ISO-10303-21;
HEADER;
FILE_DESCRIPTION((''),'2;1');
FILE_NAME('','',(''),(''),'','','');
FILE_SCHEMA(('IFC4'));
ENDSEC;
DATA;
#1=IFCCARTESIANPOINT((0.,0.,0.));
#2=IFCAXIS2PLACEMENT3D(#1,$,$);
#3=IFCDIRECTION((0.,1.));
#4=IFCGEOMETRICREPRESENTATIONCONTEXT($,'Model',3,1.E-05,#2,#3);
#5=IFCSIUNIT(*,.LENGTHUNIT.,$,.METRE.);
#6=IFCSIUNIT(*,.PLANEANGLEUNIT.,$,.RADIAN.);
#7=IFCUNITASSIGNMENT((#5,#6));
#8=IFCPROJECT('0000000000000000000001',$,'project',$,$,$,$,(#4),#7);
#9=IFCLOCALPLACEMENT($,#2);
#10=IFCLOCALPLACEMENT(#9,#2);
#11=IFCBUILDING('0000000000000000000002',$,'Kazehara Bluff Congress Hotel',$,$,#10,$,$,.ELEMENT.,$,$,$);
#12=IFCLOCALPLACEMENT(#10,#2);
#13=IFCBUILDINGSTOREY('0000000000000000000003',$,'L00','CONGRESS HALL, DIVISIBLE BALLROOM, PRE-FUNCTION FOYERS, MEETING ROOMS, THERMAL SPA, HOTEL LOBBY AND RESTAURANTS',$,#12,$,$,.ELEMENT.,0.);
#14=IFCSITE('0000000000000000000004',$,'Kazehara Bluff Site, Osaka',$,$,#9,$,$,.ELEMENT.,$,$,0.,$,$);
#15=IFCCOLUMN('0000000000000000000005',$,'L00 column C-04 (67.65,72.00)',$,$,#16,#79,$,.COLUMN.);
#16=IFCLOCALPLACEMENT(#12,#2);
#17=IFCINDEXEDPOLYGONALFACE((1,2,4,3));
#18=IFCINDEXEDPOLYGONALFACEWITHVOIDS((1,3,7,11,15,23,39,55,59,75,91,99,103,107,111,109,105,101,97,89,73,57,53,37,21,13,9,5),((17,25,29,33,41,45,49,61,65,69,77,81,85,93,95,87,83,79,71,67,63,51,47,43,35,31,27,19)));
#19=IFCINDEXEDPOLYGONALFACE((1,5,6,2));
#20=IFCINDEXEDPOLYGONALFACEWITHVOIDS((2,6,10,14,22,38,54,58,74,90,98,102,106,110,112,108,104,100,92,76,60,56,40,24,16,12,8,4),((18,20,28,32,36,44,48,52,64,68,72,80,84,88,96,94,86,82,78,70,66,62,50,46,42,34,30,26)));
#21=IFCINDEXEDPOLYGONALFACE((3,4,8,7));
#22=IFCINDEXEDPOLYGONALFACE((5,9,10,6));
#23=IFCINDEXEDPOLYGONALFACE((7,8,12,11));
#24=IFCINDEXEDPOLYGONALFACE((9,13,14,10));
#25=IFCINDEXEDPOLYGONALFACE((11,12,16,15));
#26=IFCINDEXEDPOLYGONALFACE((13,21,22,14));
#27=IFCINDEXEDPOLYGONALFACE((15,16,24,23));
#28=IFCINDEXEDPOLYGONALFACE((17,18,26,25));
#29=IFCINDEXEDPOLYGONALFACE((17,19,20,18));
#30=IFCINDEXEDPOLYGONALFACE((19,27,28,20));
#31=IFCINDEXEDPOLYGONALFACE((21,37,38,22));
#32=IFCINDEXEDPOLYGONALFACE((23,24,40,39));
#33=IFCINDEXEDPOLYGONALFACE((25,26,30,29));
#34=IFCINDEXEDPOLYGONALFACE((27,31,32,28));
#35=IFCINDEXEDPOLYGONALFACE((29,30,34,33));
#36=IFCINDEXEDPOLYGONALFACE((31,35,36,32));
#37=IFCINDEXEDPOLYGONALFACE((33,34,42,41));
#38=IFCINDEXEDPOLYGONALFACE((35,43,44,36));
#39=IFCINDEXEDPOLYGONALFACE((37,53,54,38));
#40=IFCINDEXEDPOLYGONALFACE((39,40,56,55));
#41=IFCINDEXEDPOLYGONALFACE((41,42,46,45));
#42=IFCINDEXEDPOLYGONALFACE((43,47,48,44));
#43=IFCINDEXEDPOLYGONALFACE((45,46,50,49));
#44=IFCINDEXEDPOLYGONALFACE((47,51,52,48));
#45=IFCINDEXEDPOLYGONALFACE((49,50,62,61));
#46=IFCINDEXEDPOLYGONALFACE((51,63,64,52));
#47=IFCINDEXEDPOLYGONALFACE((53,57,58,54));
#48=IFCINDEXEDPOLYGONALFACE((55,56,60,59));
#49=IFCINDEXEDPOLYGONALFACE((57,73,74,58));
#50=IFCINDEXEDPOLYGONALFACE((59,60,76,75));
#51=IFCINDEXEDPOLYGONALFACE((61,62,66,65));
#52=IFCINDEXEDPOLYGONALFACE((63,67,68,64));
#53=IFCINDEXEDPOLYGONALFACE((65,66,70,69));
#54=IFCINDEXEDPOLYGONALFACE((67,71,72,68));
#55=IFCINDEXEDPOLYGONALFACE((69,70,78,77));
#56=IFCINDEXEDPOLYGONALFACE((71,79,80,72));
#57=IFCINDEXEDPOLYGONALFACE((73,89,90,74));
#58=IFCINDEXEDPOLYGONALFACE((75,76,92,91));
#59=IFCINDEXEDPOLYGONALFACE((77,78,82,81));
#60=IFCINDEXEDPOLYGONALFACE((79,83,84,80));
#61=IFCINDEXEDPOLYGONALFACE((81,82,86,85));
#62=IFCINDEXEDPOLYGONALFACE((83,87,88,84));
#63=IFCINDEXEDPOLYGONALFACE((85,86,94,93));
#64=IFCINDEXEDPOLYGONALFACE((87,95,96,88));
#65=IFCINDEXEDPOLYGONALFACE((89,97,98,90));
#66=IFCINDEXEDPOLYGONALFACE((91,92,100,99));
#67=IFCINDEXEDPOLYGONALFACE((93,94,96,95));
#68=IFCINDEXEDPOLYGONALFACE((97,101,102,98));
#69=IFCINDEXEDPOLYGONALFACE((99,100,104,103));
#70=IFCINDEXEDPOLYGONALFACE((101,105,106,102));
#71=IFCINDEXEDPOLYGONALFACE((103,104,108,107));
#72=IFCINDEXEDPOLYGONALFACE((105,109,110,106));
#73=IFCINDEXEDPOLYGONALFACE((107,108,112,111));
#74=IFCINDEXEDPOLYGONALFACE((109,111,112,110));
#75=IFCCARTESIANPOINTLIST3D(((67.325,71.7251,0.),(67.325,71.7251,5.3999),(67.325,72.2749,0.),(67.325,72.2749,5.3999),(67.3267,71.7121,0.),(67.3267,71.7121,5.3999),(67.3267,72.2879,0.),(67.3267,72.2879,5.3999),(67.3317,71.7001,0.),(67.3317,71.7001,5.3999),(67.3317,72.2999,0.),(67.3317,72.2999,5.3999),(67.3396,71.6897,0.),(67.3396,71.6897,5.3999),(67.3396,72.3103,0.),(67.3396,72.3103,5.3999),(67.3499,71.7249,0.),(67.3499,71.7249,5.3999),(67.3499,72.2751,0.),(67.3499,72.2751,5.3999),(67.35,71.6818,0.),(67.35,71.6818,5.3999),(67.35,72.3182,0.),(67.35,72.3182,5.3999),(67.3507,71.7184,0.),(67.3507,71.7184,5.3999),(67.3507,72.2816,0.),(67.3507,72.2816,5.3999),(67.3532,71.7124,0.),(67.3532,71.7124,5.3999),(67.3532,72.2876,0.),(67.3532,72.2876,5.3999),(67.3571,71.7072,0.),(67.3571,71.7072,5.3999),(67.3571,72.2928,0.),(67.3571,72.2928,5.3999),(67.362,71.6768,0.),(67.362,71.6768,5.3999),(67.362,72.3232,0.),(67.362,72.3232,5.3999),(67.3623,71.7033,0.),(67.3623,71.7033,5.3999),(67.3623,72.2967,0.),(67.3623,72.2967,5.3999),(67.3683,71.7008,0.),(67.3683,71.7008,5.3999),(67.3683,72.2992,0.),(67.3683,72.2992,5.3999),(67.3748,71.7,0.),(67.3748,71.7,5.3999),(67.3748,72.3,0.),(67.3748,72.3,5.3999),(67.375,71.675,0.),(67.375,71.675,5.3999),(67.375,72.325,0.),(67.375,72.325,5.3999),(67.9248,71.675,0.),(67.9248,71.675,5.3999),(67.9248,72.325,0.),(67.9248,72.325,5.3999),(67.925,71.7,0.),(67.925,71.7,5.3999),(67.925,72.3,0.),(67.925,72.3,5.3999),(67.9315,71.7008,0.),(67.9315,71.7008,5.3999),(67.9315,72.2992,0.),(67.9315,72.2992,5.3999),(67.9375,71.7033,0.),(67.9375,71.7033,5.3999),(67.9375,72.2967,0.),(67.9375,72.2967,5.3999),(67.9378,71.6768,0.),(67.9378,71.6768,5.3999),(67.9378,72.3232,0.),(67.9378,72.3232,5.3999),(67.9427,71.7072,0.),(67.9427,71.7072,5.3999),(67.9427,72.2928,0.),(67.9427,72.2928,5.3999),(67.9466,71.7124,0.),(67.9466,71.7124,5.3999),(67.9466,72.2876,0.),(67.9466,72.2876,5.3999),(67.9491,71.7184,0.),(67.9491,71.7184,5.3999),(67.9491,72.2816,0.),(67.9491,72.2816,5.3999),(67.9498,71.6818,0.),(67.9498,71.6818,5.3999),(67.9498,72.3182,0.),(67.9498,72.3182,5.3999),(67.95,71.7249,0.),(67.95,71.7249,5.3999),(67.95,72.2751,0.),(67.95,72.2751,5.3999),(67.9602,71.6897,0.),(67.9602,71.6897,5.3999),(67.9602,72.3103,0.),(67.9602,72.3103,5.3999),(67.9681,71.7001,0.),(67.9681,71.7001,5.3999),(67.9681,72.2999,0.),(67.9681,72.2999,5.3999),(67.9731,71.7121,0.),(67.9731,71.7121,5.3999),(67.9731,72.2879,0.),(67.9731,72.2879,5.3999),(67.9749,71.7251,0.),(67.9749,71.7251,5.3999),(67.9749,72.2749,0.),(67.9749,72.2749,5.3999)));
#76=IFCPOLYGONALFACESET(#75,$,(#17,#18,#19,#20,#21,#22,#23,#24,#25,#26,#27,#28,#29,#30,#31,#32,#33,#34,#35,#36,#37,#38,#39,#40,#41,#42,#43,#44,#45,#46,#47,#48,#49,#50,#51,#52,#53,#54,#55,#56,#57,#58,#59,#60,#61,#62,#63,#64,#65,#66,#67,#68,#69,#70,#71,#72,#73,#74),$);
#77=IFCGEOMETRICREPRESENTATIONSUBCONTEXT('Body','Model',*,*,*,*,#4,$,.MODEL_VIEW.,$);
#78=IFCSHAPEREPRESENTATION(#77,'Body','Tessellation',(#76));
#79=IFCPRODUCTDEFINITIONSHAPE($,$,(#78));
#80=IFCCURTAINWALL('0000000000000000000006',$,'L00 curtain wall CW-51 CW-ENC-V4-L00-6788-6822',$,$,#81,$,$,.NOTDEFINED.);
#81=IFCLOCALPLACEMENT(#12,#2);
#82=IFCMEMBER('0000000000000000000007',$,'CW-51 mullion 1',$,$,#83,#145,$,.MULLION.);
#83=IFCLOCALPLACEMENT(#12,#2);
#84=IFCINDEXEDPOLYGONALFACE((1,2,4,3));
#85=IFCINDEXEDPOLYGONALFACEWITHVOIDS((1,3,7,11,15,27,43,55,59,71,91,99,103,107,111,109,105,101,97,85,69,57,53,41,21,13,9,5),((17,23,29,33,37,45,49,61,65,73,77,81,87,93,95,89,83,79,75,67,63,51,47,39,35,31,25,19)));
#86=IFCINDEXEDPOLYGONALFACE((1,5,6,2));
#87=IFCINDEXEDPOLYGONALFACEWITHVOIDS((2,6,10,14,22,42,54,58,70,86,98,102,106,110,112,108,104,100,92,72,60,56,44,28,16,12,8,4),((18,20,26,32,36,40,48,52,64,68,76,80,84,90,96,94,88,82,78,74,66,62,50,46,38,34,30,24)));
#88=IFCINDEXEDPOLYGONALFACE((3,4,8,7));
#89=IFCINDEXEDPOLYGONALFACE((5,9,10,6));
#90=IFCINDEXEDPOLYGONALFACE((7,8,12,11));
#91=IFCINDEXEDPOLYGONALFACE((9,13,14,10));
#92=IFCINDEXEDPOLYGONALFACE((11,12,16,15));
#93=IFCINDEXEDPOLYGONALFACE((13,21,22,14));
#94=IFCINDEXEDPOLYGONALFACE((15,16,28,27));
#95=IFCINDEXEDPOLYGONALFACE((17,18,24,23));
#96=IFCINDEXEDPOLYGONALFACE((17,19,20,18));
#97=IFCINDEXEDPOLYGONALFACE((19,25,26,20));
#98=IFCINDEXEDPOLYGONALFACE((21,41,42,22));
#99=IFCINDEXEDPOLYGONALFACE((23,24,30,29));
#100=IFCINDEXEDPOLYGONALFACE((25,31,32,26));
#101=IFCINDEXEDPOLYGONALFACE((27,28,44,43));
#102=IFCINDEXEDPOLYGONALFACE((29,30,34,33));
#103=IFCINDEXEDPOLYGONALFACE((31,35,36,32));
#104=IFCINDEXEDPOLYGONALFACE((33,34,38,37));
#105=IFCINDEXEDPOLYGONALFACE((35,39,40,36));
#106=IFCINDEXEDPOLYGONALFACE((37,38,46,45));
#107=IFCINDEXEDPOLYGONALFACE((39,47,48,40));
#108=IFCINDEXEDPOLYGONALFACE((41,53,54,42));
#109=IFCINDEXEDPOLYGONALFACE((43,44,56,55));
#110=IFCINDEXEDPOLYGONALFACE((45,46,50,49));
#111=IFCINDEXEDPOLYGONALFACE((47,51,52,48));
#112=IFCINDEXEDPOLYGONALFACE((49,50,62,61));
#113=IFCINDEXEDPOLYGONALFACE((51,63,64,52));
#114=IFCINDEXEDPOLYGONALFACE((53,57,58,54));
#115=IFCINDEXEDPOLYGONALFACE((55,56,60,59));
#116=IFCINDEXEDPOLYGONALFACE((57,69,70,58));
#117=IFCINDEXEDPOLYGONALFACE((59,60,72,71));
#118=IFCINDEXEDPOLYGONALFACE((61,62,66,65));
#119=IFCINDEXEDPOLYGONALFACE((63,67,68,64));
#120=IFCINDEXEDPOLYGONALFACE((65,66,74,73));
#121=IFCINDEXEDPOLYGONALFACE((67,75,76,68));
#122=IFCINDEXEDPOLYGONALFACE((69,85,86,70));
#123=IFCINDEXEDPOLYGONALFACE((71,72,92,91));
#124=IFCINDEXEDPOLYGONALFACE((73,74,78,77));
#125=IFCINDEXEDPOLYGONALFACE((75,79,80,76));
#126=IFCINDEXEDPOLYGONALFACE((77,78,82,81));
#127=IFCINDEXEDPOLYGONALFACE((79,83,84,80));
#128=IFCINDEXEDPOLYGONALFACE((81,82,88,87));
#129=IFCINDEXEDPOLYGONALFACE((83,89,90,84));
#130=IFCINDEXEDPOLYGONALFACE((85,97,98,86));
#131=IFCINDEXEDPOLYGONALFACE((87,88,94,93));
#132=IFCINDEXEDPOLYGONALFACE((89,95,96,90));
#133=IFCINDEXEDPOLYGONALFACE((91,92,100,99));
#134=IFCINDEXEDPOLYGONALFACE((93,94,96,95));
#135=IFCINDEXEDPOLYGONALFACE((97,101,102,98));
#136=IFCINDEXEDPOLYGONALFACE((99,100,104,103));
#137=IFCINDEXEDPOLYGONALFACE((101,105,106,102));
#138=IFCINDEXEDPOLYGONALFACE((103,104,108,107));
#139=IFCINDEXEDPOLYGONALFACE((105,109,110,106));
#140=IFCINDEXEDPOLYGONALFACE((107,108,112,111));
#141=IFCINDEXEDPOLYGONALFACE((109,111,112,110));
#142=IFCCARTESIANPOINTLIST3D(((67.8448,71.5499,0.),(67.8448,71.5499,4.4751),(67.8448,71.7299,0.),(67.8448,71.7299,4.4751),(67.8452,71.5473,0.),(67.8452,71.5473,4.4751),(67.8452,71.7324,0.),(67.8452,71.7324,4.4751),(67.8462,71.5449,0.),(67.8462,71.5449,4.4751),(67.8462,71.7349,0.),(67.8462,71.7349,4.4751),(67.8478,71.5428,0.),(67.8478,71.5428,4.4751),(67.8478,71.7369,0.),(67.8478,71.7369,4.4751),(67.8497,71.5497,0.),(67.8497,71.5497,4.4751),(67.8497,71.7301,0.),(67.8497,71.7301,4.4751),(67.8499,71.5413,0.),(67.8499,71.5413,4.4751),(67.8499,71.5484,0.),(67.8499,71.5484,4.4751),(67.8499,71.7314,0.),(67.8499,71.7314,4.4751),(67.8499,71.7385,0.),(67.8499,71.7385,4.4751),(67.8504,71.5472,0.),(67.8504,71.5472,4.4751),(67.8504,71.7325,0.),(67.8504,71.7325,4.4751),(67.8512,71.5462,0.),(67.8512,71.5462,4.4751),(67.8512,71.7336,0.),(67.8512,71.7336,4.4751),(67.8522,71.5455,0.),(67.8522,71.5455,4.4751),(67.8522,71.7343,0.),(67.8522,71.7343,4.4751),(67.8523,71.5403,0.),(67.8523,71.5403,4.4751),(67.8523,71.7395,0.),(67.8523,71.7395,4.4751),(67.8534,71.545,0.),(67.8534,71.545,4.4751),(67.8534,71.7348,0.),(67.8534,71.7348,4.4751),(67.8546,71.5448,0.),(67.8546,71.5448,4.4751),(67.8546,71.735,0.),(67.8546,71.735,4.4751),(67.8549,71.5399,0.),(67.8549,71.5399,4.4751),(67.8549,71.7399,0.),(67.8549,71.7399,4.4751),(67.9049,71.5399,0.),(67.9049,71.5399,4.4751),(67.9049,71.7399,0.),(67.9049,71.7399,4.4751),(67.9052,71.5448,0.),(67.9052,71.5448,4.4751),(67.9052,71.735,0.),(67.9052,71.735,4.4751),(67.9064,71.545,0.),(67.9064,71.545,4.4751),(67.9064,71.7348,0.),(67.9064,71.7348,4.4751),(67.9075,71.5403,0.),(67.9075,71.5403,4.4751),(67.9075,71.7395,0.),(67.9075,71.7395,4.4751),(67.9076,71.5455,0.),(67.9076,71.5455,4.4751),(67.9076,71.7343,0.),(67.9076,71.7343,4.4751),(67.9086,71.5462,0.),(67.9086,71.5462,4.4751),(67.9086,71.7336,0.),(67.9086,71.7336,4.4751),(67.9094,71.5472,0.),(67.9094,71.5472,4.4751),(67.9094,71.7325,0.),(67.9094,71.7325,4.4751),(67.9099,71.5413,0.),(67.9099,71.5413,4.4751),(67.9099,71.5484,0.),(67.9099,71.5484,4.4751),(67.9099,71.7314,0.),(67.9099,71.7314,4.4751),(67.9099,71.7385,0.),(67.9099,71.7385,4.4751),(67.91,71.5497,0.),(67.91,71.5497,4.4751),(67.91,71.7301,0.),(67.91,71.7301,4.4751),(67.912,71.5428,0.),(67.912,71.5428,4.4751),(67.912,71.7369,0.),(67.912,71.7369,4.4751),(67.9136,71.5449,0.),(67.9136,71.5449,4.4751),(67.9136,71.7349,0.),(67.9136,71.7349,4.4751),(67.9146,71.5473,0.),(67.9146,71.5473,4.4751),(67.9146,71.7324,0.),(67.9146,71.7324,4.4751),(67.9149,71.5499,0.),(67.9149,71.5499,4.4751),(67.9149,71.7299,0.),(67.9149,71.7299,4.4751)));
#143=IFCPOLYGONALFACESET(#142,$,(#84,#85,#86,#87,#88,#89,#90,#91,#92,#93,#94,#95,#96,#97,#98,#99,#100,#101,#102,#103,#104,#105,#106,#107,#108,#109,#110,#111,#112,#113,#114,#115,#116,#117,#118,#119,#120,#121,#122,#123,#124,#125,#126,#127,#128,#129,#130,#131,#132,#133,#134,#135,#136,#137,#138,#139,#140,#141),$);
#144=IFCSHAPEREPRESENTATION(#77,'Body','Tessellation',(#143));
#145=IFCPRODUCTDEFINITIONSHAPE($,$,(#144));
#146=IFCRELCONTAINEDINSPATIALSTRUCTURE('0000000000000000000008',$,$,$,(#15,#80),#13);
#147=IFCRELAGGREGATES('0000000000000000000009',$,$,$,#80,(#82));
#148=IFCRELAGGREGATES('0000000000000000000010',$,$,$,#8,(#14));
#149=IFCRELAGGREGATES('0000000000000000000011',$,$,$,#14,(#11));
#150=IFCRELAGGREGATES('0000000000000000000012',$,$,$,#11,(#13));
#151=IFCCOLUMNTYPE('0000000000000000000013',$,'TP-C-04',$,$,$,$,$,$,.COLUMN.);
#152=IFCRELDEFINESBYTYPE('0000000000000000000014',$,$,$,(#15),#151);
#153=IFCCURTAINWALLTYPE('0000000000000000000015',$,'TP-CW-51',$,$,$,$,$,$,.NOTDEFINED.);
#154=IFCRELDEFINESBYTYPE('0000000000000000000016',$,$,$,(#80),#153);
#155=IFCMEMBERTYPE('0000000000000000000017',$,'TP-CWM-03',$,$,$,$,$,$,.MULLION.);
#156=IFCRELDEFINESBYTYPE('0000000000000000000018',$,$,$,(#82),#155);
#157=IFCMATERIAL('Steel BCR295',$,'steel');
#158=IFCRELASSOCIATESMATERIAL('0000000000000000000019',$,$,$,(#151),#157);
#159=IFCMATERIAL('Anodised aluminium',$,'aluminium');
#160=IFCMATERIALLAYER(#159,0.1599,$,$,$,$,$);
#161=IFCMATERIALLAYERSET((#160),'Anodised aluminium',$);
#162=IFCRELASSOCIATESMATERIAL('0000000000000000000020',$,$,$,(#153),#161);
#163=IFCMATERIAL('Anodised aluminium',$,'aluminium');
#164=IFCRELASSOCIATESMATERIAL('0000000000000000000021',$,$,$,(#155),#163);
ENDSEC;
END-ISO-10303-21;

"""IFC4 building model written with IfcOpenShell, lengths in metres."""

from ifc_helpers import new_model, si_unit, direction, frame, origin, origin_2d, place, context, subcontext, project, spatial, hollow_rectangle, extrude, material, layer, layer_set, material_profile, profile_set, type_object, element, aggregate, save


model = new_model("IFC4")

# Units and contexts
model_context = context("Model", 3, precision=1e-05, world=origin(), true_north=direction((0.0, 1.0)))
body_context = subcontext(model_context, "Body", "Model", "MODEL_VIEW")
ifc_project = project(units=[si_unit("LENGTHUNIT", "METRE"), si_unit("PLANEANGLEUNIT", "RADIAN")], contexts=[model_context])

# Site, building, storey
site_placement = place(None, origin())
site = spatial("IfcSite", under=ifc_project, at=site_placement, Name="Kazehara Bluff Site, Osaka", CompositionType="ELEMENT", RefElevation=0.0)
building_placement = place(site_placement, origin())
building = spatial("IfcBuilding", under=site, at=building_placement, Name="Kazehara Bluff Congress Hotel", CompositionType="ELEMENT")
storey_placement = place(building_placement, origin())
storey = spatial("IfcBuildingStorey", under=building, at=storey_placement, Name="L00", Description="CONGRESS HALL, DIVISIBLE BALLROOM, PRE-FUNCTION FOYERS, MEETING ROOMS, THERMAL SPA, HOTEL LOBBY AND RESTAURANTS", CompositionType="ELEMENT", Elevation=0.0)

# Column
ifc_material_1 = material(Name="Steel BCR295", Category="steel")
ifc_material_profile_1 = material_profile(ifc_material_1, hollow_rectangle(XDim=0.6499, YDim=0.6499, WallThickness=0.0249, InnerFilletRadius=0.0249, OuterFilletRadius=0.05, at=origin_2d()))
ifc_profile_set_1 = profile_set([ifc_material_profile_1], Name="Steel BCR295")
column_type = type_object("IfcColumnType", Name="TP-C-04", PredefinedType="COLUMN", material=ifc_profile_set_1)
column_placement = place(storey_placement, frame((67.6499, 72.0, 0.0), z_axis=(0.0, 0.0, 1.0), x_axis=(1.0, 0.0, 0.0)))
element("IfcColumn", 1, at=column_placement, inside=storey, type_object=column_type, Name="L00 column C-04 (67.65,72.00)", PredefinedType="COLUMN", context=body_context, shape_type="SweptSolid", body=[
    extrude(hollow_rectangle(XDim=0.6499, YDim=0.6499, WallThickness=0.0249, InnerFilletRadius=0.0249, OuterFilletRadius=0.05, at=origin_2d()), origin(), (0.0, 0.0, 1.0), 5.3999),
])

# Curtain wall, member
ifc_material_2 = material(Name="Anodised aluminium", Category="aluminium")
ifc_layer_1 = layer(ifc_material_2, 0.1599)
ifc_layer_set_1 = layer_set([ifc_layer_1], Name="Anodised aluminium")
curtain_wall_type = type_object("IfcCurtainWallType", Name="TP-CW-51", PredefinedType="NOTDEFINED", material=ifc_layer_set_1)
curtain_wall_placement = place(storey_placement, origin())
curtain_wall = element("IfcCurtainWall", 2, at=curtain_wall_placement, inside=storey, type_object=curtain_wall_type, Name="L00 curtain wall CW-51 CW-ENC-V4-L00-6788-6822", PredefinedType="NOTDEFINED")
ifc_material_3 = material(Name="Anodised aluminium", Category="aluminium")
ifc_material_profile_2 = material_profile(ifc_material_3, hollow_rectangle(XDim=0.0701, YDim=0.2, WallThickness=0.0049, InnerFilletRadius=0.0049, OuterFilletRadius=0.01, at=origin_2d()))
ifc_profile_set_2 = profile_set([ifc_material_profile_2], Name="Anodised aluminium")
member_type_1 = type_object("IfcMemberType", Name="TP-CWM-03", PredefinedType="MULLION", material=ifc_profile_set_2)
member_1_placement = place(storey_placement, frame((67.8799, 71.6399, 0.0), z_axis=(0.0, 0.0, 1.0), x_axis=(1.0, 0.0, 0.0)))
member_1 = element("IfcMember", 3, at=member_1_placement, type_object=member_type_1, Name="CW-51 mullion 1", PredefinedType="MULLION", context=body_context, shape_type="SweptSolid", body=[
    extrude(hollow_rectangle(XDim=0.0701, YDim=0.2, WallThickness=0.0049, InnerFilletRadius=0.0049, OuterFilletRadius=0.01, at=origin_2d()), origin(), (0.0, 0.0, 1.0), 4.4751),
])

aggregate(curtain_wall, [member_1])

save(model, "model.ifc")
